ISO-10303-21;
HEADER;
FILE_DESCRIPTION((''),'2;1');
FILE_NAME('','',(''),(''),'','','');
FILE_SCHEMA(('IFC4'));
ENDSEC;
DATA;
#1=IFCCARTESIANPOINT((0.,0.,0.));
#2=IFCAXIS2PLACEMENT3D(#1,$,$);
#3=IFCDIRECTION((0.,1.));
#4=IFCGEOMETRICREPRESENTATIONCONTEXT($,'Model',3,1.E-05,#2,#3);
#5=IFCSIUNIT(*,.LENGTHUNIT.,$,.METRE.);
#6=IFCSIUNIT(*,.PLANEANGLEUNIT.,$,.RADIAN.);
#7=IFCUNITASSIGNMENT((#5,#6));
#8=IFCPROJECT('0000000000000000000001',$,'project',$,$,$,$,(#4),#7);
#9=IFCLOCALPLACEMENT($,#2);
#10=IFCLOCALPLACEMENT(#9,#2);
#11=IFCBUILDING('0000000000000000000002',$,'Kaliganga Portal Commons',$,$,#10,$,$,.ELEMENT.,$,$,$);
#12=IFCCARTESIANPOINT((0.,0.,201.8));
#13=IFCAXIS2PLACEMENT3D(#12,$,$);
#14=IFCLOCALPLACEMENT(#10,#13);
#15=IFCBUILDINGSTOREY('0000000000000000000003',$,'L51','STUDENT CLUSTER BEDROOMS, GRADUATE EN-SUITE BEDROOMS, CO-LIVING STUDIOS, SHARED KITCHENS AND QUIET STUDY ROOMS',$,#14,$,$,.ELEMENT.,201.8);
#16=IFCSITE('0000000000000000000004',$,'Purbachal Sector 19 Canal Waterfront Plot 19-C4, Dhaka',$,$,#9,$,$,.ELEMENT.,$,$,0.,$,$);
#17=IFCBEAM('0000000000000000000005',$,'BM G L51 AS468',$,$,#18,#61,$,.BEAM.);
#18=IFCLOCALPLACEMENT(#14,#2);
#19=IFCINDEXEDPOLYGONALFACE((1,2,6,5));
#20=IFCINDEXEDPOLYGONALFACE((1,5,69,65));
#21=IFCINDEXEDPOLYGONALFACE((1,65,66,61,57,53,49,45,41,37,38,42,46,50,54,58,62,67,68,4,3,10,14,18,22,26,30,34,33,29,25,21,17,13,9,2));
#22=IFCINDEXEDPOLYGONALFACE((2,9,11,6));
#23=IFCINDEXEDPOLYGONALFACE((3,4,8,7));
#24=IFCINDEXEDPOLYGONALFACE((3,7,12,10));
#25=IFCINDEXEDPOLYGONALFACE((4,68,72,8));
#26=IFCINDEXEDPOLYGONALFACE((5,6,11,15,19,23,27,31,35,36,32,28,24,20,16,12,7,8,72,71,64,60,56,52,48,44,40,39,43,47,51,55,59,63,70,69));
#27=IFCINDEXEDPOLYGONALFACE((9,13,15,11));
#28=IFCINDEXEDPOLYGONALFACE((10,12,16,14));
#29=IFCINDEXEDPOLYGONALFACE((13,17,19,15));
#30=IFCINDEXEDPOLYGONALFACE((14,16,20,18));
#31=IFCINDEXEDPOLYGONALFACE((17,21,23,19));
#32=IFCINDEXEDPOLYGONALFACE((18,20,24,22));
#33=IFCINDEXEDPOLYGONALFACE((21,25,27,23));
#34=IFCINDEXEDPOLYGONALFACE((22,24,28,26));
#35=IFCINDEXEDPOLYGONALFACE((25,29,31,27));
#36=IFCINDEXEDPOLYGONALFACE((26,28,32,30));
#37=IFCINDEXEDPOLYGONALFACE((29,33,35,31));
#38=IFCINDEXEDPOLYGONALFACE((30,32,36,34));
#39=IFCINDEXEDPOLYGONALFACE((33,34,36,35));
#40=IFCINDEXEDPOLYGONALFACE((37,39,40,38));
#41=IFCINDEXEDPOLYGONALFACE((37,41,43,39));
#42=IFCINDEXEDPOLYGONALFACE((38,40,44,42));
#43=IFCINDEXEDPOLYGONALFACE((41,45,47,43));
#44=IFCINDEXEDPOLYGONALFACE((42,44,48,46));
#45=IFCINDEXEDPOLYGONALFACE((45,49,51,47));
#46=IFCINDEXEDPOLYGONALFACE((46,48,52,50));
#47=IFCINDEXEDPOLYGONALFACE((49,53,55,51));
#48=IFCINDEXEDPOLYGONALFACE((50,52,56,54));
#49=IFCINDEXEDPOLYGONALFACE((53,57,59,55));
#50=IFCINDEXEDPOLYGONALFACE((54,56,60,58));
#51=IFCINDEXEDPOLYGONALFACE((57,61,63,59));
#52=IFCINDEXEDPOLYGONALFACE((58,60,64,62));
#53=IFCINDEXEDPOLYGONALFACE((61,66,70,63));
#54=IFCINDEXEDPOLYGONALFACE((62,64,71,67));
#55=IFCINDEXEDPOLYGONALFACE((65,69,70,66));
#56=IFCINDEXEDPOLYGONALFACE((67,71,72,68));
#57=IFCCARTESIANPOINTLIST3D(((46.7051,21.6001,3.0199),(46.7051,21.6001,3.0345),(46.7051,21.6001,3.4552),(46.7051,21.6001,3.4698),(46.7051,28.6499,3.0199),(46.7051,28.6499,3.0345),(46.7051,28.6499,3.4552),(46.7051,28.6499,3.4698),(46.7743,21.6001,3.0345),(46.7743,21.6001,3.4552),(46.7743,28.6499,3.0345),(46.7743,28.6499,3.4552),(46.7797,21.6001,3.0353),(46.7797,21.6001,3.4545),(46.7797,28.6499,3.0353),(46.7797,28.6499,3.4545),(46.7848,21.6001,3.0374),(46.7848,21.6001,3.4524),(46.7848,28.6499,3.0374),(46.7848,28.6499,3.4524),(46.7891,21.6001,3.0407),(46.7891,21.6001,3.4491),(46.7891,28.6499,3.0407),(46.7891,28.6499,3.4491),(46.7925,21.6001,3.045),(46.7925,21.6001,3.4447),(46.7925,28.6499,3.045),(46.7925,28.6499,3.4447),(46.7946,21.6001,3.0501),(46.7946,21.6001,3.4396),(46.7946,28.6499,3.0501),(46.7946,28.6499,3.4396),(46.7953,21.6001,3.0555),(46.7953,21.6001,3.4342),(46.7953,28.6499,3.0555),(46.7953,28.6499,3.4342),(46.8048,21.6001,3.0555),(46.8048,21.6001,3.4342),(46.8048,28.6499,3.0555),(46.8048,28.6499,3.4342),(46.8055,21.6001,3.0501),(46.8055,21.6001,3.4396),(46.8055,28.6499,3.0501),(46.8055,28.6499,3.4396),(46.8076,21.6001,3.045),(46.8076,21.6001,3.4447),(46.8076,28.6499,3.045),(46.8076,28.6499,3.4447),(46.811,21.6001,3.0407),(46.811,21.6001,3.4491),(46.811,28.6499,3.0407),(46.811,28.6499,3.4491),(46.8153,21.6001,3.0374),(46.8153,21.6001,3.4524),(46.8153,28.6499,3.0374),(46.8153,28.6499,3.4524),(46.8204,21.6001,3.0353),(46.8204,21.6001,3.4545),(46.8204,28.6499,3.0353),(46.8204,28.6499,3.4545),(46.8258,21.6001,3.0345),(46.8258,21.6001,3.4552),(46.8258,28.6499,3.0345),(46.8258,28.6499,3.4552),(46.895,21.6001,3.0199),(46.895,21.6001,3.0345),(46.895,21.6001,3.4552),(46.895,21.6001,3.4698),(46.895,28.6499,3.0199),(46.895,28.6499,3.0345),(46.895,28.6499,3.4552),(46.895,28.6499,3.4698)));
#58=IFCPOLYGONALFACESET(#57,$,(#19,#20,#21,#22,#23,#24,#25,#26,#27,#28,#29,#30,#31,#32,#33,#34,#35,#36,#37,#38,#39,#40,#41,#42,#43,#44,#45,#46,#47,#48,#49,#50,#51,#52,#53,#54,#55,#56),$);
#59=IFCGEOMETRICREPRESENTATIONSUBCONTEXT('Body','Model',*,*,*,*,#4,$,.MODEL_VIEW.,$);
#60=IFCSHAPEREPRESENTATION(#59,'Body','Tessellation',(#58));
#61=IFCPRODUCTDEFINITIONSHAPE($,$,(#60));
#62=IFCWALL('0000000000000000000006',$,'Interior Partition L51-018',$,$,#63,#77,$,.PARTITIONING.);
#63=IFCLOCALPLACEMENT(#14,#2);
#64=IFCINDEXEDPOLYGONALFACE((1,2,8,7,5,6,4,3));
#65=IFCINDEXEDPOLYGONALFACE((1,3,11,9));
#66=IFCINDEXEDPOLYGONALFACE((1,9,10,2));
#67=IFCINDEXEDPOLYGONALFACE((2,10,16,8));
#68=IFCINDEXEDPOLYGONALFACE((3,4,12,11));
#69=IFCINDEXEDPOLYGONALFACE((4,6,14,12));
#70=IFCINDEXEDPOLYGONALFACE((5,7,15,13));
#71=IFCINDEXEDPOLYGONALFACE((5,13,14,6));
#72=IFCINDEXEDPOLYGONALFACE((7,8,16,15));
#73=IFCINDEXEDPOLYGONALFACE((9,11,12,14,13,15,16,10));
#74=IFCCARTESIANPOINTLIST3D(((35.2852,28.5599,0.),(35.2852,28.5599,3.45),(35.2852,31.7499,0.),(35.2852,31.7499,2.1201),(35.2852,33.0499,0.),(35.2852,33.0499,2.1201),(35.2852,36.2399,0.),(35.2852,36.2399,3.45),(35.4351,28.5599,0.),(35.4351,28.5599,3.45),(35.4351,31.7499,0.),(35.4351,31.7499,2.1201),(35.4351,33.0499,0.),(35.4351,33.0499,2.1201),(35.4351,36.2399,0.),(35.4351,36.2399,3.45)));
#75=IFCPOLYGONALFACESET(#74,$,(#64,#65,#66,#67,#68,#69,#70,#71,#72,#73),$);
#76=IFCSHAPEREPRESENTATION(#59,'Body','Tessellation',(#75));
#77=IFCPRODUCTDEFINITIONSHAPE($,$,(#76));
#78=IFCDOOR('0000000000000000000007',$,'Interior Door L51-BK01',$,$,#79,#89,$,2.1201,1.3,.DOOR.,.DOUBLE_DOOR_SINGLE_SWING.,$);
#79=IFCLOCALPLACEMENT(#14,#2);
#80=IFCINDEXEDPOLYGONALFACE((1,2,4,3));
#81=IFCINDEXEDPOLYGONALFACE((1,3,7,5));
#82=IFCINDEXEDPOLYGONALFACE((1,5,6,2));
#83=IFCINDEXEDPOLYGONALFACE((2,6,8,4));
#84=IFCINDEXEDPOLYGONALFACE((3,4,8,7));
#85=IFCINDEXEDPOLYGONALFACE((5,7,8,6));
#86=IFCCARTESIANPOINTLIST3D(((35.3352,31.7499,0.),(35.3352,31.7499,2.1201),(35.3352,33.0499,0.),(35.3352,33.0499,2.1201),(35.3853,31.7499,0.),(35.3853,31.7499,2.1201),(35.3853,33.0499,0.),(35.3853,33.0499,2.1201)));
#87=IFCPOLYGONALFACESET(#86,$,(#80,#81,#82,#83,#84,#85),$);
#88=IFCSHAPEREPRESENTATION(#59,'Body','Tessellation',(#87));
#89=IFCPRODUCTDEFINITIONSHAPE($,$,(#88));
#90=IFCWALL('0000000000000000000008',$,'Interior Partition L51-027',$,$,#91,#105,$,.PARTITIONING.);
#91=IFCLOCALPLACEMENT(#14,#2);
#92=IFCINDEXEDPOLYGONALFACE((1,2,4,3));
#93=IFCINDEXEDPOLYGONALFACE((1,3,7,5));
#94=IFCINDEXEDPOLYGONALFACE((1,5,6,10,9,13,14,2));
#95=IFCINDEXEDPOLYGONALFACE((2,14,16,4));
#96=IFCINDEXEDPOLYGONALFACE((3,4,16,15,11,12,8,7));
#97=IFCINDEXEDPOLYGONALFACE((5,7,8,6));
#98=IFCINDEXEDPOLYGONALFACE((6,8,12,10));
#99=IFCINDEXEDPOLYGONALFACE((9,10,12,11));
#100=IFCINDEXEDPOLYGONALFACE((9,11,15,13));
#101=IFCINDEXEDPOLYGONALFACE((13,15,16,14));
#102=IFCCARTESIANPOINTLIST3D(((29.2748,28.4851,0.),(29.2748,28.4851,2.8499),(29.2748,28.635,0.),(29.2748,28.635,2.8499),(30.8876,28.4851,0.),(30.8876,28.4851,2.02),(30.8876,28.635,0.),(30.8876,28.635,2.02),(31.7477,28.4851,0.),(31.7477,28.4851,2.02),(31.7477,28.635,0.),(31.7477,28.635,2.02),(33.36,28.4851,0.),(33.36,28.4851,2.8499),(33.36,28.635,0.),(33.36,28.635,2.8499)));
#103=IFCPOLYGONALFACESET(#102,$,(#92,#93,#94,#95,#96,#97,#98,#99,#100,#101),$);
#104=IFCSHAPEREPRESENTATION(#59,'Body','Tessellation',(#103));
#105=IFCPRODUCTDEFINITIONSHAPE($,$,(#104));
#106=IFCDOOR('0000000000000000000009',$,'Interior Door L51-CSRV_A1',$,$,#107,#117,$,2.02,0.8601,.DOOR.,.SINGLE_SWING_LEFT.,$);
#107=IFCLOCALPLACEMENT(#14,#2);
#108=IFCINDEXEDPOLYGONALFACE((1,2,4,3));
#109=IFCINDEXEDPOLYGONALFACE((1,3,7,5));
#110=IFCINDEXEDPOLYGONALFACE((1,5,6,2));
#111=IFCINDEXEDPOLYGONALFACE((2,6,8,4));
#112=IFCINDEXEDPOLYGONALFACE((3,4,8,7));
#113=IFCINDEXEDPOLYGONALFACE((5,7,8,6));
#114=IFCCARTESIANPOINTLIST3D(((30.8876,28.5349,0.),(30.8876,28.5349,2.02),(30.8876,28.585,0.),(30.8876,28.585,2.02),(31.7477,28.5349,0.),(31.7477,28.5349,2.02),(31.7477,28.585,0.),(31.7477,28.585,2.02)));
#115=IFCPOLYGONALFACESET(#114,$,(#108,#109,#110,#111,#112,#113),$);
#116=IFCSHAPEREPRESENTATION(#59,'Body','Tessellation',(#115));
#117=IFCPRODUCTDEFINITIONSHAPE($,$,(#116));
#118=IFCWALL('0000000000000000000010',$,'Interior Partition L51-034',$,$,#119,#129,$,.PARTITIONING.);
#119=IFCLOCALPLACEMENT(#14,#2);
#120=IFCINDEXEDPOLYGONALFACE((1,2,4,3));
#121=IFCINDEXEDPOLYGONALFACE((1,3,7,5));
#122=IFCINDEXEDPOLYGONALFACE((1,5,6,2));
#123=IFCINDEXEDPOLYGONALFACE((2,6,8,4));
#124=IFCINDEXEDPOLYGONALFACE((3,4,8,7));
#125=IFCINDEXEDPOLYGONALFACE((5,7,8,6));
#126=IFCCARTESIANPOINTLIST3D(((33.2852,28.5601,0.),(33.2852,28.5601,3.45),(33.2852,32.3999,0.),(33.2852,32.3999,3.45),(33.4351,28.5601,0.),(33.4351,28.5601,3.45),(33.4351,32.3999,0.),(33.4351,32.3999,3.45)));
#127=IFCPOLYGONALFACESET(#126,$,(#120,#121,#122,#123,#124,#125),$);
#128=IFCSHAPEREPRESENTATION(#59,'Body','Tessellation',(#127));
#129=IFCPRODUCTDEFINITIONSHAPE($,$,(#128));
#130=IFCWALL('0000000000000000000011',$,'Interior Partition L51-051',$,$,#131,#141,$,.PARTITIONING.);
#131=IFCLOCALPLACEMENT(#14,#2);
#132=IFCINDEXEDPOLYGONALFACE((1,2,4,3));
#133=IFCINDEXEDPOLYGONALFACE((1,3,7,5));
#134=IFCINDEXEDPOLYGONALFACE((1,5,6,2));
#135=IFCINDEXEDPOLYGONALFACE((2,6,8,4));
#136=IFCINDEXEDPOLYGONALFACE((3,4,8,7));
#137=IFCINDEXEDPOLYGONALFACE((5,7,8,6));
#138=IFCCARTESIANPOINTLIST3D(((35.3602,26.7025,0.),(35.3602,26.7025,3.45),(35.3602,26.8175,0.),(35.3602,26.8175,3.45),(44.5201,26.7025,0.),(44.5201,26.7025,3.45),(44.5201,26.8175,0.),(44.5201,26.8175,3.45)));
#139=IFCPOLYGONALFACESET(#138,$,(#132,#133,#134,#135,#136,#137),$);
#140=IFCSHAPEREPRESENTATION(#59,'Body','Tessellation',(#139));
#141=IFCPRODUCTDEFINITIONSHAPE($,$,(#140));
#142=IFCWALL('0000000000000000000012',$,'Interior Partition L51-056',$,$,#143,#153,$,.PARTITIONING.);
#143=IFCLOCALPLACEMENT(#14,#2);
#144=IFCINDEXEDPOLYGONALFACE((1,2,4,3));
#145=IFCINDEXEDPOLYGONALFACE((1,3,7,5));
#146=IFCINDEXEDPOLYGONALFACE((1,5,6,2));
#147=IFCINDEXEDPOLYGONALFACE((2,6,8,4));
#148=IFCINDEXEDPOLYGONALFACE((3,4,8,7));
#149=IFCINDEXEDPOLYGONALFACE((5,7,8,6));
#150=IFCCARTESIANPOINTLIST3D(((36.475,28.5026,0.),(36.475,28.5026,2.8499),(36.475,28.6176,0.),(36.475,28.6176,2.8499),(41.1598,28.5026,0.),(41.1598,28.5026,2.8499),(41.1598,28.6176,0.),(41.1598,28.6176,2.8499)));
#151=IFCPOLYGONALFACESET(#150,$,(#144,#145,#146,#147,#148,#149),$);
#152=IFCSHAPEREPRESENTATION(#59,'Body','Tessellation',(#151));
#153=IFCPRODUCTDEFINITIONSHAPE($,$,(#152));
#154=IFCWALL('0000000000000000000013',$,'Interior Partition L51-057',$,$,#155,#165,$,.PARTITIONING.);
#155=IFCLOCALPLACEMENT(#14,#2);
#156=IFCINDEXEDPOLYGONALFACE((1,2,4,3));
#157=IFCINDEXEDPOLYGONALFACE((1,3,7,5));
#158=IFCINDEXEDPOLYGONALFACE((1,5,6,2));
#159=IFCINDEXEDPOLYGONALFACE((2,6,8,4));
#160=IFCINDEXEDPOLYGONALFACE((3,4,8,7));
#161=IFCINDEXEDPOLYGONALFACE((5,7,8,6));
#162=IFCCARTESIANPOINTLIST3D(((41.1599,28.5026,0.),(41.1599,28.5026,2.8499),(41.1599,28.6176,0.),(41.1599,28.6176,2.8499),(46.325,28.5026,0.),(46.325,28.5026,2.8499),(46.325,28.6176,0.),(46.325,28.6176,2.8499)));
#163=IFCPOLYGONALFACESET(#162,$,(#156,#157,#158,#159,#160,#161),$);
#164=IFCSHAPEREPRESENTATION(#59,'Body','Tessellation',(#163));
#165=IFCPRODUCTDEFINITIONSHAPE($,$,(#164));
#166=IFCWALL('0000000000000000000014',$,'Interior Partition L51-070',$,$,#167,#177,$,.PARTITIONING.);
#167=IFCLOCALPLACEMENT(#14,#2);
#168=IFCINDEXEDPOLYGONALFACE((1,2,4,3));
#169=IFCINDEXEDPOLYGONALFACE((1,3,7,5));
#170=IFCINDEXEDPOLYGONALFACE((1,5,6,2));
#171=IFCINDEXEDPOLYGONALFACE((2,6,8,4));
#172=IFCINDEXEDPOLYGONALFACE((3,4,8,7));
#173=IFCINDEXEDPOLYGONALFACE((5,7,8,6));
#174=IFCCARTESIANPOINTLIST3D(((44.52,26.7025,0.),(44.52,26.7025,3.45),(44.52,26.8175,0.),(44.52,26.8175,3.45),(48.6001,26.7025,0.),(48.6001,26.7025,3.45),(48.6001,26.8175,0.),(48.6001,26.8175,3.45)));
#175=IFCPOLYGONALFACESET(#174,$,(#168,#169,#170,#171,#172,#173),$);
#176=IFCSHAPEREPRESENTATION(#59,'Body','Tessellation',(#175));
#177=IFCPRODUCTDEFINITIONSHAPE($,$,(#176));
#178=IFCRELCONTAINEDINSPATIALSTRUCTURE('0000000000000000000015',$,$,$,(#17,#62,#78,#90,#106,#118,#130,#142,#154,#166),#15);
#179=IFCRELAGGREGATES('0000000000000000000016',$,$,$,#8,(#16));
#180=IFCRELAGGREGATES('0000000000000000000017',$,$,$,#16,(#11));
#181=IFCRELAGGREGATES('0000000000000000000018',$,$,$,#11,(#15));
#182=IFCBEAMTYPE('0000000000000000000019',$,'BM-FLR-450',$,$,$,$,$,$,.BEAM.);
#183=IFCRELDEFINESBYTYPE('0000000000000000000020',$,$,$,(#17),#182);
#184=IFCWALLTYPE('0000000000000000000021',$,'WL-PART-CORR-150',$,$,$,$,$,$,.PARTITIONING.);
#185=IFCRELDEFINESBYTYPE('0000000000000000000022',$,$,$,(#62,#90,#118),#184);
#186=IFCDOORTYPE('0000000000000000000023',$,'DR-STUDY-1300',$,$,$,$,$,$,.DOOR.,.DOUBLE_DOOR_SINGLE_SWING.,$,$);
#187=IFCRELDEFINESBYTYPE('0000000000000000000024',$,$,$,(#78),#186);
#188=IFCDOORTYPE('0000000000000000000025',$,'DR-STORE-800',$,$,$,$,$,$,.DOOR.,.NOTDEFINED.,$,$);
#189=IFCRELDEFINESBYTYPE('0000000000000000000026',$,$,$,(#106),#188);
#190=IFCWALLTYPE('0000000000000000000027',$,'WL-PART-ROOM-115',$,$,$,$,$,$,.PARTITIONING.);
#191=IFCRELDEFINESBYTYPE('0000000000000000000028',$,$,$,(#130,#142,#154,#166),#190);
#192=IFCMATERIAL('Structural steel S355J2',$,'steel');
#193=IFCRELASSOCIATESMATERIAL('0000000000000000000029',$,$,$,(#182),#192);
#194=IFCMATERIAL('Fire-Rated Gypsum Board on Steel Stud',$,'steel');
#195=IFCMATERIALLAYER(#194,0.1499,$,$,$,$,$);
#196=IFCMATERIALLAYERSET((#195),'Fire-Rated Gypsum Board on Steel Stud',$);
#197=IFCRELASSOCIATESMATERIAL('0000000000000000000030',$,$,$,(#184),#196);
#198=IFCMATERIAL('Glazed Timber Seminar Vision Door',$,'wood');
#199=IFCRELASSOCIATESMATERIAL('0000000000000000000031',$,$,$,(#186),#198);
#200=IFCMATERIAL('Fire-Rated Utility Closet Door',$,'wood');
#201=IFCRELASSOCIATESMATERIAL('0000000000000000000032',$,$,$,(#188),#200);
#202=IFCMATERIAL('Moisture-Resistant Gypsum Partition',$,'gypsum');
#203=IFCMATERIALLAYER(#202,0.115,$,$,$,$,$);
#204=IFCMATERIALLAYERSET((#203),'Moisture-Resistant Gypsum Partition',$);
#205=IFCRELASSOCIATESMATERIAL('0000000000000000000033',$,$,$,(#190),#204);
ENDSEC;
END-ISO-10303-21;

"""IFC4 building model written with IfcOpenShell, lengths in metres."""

from ifc_helpers import new_model, si_unit, direction, frame, frame_2d, origin, origin_2d, place, context, subcontext, project, spatial, rectangle, i_section, extrude, source, transform, mapped, material, layer, layer_set, material_profile, profile_set, type_object, element, fill, save


model = new_model("IFC4")

# Units and contexts
model_context = context("Model", 3, precision=1e-05, world=origin(), true_north=direction((0.0, 1.0)))
body_context = subcontext(model_context, "Body", "Model", "MODEL_VIEW")
ifc_project = project(units=[si_unit("LENGTHUNIT", "METRE"), si_unit("PLANEANGLEUNIT", "RADIAN")], contexts=[model_context])

# Site, building, storey
site_placement = place(None, origin())
site = spatial("IfcSite", under=ifc_project, at=site_placement, Name="Purbachal Sector 19 Canal Waterfront Plot 19-C4, Dhaka", CompositionType="ELEMENT", RefElevation=0.0)
building_placement = place(site_placement, origin())
building = spatial("IfcBuilding", under=site, at=building_placement, Name="Kaliganga Portal Commons", CompositionType="ELEMENT")
storey_placement = place(building_placement, frame((0.0, 0.0, 201.8)))
storey = spatial("IfcBuildingStorey", under=building, at=storey_placement, Name="L51", Description="STUDENT CLUSTER BEDROOMS, GRADUATE EN-SUITE BEDROOMS, CO-LIVING STUDIOS, SHARED KITCHENS AND QUIET STUDY ROOMS", CompositionType="ELEMENT", Elevation=201.8)

# Beam
ifc_material_1 = material(Name="Structural steel S355J2", Category="steel")
ifc_material_profile_1 = material_profile(ifc_material_1, i_section(OverallWidth=0.1899, OverallDepth=0.45, WebThickness=0.0095, FlangeThickness=0.0146, FilletRadius=0.021, at=origin_2d()), Name="IPE 450")
ifc_profile_set_1 = profile_set([ifc_material_profile_1], Name="Structural steel S355J2 wide-flange")
beam_type_1 = type_object("IfcBeamType", Name="BM-FLR-450", PredefinedType="BEAM", material=ifc_profile_set_1)
shared_shape_1 = source(origin(), body_context, "Body", "SweptSolid", [
    extrude(i_section(OverallWidth=0.1899, OverallDepth=0.45, WebThickness=0.0095, FlangeThickness=0.0146, FilletRadius=0.021, at=origin_2d()), origin(), (0.0, 0.0, 1.0), 7.0498),
])
for number, where, z_axis, x_axis, name in (
    (1, (46.8, 21.6001, 3.2449), (0.0, 1.0, 0.0), (-1.0, 0.0, 0.0), "BM G L51 AS468"),
):
    element("IfcBeam", number, at=place(storey_placement, frame(where, z_axis=z_axis, x_axis=x_axis)), inside=storey, type_object=beam_type_1, Name=name, PredefinedType="BEAM", context=body_context, shape_type="MappedRepresentation", body=[
        mapped(shared_shape_1, transform((0.0, 0.0, 0.0), x_axis=(1.0, 0.0, 0.0), y_axis=(0.0, 1.0, 0.0), z_axis=(0.0, 0.0, 1.0), scale=1.0)),
    ])

# Walls, openings, doors
ifc_material_2 = material(Name="Fire-Rated Gypsum Board on Steel Stud", Category="steel")
ifc_layer_1 = layer(ifc_material_2, 0.1499)
ifc_layer_set_1 = layer_set([ifc_layer_1], Name="Fire-Rated Gypsum Board on Steel Stud")
wall_type_1 = type_object("IfcWallType", Name="WL-PART-CORR-150", PredefinedType="PARTITIONING", material=ifc_layer_set_1)
wall_1_placement = place(storey_placement, frame((35.3601, 28.5601, 0.0), z_axis=(0.0, 0.0, 1.0), x_axis=(0.0, 1.0, 0.0)))
wall_1 = element("IfcWall", 2, at=wall_1_placement, inside=storey, type_object=wall_type_1, Name="Interior Partition L51-018", PredefinedType="PARTITIONING", context=body_context, shape_type="SweptSolid", body=[
    extrude(rectangle(XDim=7.6799, YDim=0.1499, at=frame_2d((3.8398, 0.0))), origin(), (0.0, 0.0, 1.0), 3.45),
])
opening_1_placement = place(wall_1_placement, frame((3.1899, 0.0, 0.0)))
opening_1 = element("IfcOpeningElement", 3, at=opening_1_placement, cuts=wall_1, PredefinedType="OPENING", context=body_context, shape_type="SweptSolid", body=[
    extrude(rectangle(XDim=1.3, YDim=2.1201, at=frame_2d((0.6499, 1.0601))), frame((0.0, 0.085, 0.0), z_axis=(0.0, -1.0, 0.0), x_axis=(1.0, 0.0, 0.0)), (0.0, 0.0, 1.0), 0.1699),
])
ifc_material_3 = material(Name="Glazed Timber Seminar Vision Door", Category="wood")
door_type_1 = type_object("IfcDoorType", Name="DR-STUDY-1300", OperationType="DOUBLE_DOOR_SINGLE_SWING", PredefinedType="DOOR", material=ifc_material_3)
door_1_placement = place(opening_1_placement, origin())
door_1 = element("IfcDoor", 4, at=door_1_placement, inside=storey, type_object=door_type_1, Name="Interior Door L51-BK01", OperationType="DOUBLE_DOOR_SINGLE_SWING", OverallHeight=2.1201, OverallWidth=1.3, PredefinedType="DOOR", context=body_context, shape_type="SweptSolid", body=[
    extrude(rectangle(XDim=1.3, YDim=2.1201, at=frame_2d((0.6499, 1.0601))), frame((0.0, 0.0249, 0.0), z_axis=(0.0, -1.0, 0.0), x_axis=(1.0, 0.0, 0.0)), (0.0, 0.0, 1.0), 0.05),
])
fill(opening_1, door_1)
wall_2_placement = place(storey_placement, frame((29.2749, 28.5601, 0.0), z_axis=(0.0, 0.0, 1.0), x_axis=(1.0, 0.0, 0.0)))
wall_2 = element("IfcWall", 5, at=wall_2_placement, inside=storey, type_object=wall_type_1, Name="Interior Partition L51-027", PredefinedType="PARTITIONING", context=body_context, shape_type="SweptSolid", body=[
    extrude(rectangle(XDim=4.0852, YDim=0.1499, at=frame_2d((2.0425, 0.0))), origin(), (0.0, 0.0, 1.0), 2.8499),
])
opening_2_placement = place(wall_2_placement, frame((1.6125, 0.0, 0.0)))
opening_2 = element("IfcOpeningElement", 6, at=opening_2_placement, cuts=wall_2, PredefinedType="OPENING", context=body_context, shape_type="SweptSolid", body=[
    extrude(rectangle(XDim=0.8601, YDim=2.02, at=frame_2d((0.4302, 1.01))), frame((0.0, 0.085, 0.0), z_axis=(0.0, -1.0, 0.0), x_axis=(1.0, 0.0, 0.0)), (0.0, 0.0, 1.0), 0.1699),
])
ifc_material_4 = material(Name="Fire-Rated Utility Closet Door", Category="wood")
door_type_2 = type_object("IfcDoorType", Name="DR-STORE-800", OperationType="NOTDEFINED", PredefinedType="DOOR", material=ifc_material_4)
door_2_placement = place(opening_2_placement, origin())
door_2 = element("IfcDoor", 7, at=door_2_placement, inside=storey, type_object=door_type_2, Name="Interior Door L51-CSRV_A1", OperationType="SINGLE_SWING_LEFT", OverallHeight=2.02, OverallWidth=0.8601, PredefinedType="DOOR", context=body_context, shape_type="SweptSolid", body=[
    extrude(rectangle(XDim=0.8601, YDim=2.02, at=frame_2d((0.4302, 1.01))), frame((0.0, 0.0249, 0.0), z_axis=(0.0, -1.0, 0.0), x_axis=(1.0, 0.0, 0.0)), (0.0, 0.0, 1.0), 0.05),
])
fill(opening_2, door_2)

# Walls
wall_3_placement = place(storey_placement, frame((33.3601, 28.5601, 0.0), z_axis=(0.0, 0.0, 1.0), x_axis=(0.0, 1.0, 0.0)))
element("IfcWall", 8, at=wall_3_placement, inside=storey, type_object=wall_type_1, Name="Interior Partition L51-034", PredefinedType="PARTITIONING", context=body_context, shape_type="SweptSolid", body=[
    extrude(rectangle(XDim=3.8398, YDim=0.1499, at=frame_2d((1.9199, 0.0))), origin(), (0.0, 0.0, 1.0), 3.45),
])
ifc_material_5 = material(Name="Moisture-Resistant Gypsum Partition", Category="gypsum")
ifc_layer_2 = layer(ifc_material_5, 0.115)
ifc_layer_set_2 = layer_set([ifc_layer_2], Name="Moisture-Resistant Gypsum Partition")
wall_type_2 = type_object("IfcWallType", Name="WL-PART-ROOM-115", PredefinedType="PARTITIONING", material=ifc_layer_set_2)
wall_4_placement = place(storey_placement, frame((35.3601, 26.76, 0.0), z_axis=(0.0, 0.0, 1.0), x_axis=(1.0, 0.0, 0.0)))
element("IfcWall", 9, at=wall_4_placement, inside=storey, type_object=wall_type_2, Name="Interior Partition L51-051", PredefinedType="PARTITIONING", context=body_context, shape_type="SweptSolid", body=[
    extrude(rectangle(XDim=9.1599, YDim=0.115, at=frame_2d((4.5801, 0.0))), origin(), (0.0, 0.0, 1.0), 3.45),
])
wall_5_placement = place(storey_placement, frame((36.4751, 28.5601, 0.0), z_axis=(0.0, 0.0, 1.0), x_axis=(1.0, 0.0, 0.0)))
element("IfcWall", 10, at=wall_5_placement, inside=storey, type_object=wall_type_2, Name="Interior Partition L51-056", PredefinedType="PARTITIONING", context=body_context, shape_type="SweptSolid", body=[
    extrude(rectangle(XDim=4.6848, YDim=0.115, at=frame_2d((2.3423, 0.0))), origin(), (0.0, 0.0, 1.0), 2.8499),
])
wall_6_placement = place(storey_placement, frame((41.1599, 28.5601, 0.0), z_axis=(0.0, 0.0, 1.0), x_axis=(1.0, 0.0, 0.0)))
element("IfcWall", 11, at=wall_6_placement, inside=storey, type_object=wall_type_2, Name="Interior Partition L51-057", PredefinedType="PARTITIONING", context=body_context, shape_type="SweptSolid", body=[
    extrude(rectangle(XDim=5.165, YDim=0.115, at=frame_2d((2.5825, 0.0))), origin(), (0.0, 0.0, 1.0), 2.8499),
])
wall_7_placement = place(storey_placement, frame((44.52, 26.76, 0.0), z_axis=(0.0, 0.0, 1.0), x_axis=(1.0, 0.0, 0.0)))
element("IfcWall", 12, at=wall_7_placement, inside=storey, type_object=wall_type_2, Name="Interior Partition L51-070", PredefinedType="PARTITIONING", context=body_context, shape_type="SweptSolid", body=[
    extrude(rectangle(XDim=4.0801, YDim=0.115, at=frame_2d((2.04, 0.0))), origin(), (0.0, 0.0, 1.0), 3.45),
])

save(model, "model.ifc")
